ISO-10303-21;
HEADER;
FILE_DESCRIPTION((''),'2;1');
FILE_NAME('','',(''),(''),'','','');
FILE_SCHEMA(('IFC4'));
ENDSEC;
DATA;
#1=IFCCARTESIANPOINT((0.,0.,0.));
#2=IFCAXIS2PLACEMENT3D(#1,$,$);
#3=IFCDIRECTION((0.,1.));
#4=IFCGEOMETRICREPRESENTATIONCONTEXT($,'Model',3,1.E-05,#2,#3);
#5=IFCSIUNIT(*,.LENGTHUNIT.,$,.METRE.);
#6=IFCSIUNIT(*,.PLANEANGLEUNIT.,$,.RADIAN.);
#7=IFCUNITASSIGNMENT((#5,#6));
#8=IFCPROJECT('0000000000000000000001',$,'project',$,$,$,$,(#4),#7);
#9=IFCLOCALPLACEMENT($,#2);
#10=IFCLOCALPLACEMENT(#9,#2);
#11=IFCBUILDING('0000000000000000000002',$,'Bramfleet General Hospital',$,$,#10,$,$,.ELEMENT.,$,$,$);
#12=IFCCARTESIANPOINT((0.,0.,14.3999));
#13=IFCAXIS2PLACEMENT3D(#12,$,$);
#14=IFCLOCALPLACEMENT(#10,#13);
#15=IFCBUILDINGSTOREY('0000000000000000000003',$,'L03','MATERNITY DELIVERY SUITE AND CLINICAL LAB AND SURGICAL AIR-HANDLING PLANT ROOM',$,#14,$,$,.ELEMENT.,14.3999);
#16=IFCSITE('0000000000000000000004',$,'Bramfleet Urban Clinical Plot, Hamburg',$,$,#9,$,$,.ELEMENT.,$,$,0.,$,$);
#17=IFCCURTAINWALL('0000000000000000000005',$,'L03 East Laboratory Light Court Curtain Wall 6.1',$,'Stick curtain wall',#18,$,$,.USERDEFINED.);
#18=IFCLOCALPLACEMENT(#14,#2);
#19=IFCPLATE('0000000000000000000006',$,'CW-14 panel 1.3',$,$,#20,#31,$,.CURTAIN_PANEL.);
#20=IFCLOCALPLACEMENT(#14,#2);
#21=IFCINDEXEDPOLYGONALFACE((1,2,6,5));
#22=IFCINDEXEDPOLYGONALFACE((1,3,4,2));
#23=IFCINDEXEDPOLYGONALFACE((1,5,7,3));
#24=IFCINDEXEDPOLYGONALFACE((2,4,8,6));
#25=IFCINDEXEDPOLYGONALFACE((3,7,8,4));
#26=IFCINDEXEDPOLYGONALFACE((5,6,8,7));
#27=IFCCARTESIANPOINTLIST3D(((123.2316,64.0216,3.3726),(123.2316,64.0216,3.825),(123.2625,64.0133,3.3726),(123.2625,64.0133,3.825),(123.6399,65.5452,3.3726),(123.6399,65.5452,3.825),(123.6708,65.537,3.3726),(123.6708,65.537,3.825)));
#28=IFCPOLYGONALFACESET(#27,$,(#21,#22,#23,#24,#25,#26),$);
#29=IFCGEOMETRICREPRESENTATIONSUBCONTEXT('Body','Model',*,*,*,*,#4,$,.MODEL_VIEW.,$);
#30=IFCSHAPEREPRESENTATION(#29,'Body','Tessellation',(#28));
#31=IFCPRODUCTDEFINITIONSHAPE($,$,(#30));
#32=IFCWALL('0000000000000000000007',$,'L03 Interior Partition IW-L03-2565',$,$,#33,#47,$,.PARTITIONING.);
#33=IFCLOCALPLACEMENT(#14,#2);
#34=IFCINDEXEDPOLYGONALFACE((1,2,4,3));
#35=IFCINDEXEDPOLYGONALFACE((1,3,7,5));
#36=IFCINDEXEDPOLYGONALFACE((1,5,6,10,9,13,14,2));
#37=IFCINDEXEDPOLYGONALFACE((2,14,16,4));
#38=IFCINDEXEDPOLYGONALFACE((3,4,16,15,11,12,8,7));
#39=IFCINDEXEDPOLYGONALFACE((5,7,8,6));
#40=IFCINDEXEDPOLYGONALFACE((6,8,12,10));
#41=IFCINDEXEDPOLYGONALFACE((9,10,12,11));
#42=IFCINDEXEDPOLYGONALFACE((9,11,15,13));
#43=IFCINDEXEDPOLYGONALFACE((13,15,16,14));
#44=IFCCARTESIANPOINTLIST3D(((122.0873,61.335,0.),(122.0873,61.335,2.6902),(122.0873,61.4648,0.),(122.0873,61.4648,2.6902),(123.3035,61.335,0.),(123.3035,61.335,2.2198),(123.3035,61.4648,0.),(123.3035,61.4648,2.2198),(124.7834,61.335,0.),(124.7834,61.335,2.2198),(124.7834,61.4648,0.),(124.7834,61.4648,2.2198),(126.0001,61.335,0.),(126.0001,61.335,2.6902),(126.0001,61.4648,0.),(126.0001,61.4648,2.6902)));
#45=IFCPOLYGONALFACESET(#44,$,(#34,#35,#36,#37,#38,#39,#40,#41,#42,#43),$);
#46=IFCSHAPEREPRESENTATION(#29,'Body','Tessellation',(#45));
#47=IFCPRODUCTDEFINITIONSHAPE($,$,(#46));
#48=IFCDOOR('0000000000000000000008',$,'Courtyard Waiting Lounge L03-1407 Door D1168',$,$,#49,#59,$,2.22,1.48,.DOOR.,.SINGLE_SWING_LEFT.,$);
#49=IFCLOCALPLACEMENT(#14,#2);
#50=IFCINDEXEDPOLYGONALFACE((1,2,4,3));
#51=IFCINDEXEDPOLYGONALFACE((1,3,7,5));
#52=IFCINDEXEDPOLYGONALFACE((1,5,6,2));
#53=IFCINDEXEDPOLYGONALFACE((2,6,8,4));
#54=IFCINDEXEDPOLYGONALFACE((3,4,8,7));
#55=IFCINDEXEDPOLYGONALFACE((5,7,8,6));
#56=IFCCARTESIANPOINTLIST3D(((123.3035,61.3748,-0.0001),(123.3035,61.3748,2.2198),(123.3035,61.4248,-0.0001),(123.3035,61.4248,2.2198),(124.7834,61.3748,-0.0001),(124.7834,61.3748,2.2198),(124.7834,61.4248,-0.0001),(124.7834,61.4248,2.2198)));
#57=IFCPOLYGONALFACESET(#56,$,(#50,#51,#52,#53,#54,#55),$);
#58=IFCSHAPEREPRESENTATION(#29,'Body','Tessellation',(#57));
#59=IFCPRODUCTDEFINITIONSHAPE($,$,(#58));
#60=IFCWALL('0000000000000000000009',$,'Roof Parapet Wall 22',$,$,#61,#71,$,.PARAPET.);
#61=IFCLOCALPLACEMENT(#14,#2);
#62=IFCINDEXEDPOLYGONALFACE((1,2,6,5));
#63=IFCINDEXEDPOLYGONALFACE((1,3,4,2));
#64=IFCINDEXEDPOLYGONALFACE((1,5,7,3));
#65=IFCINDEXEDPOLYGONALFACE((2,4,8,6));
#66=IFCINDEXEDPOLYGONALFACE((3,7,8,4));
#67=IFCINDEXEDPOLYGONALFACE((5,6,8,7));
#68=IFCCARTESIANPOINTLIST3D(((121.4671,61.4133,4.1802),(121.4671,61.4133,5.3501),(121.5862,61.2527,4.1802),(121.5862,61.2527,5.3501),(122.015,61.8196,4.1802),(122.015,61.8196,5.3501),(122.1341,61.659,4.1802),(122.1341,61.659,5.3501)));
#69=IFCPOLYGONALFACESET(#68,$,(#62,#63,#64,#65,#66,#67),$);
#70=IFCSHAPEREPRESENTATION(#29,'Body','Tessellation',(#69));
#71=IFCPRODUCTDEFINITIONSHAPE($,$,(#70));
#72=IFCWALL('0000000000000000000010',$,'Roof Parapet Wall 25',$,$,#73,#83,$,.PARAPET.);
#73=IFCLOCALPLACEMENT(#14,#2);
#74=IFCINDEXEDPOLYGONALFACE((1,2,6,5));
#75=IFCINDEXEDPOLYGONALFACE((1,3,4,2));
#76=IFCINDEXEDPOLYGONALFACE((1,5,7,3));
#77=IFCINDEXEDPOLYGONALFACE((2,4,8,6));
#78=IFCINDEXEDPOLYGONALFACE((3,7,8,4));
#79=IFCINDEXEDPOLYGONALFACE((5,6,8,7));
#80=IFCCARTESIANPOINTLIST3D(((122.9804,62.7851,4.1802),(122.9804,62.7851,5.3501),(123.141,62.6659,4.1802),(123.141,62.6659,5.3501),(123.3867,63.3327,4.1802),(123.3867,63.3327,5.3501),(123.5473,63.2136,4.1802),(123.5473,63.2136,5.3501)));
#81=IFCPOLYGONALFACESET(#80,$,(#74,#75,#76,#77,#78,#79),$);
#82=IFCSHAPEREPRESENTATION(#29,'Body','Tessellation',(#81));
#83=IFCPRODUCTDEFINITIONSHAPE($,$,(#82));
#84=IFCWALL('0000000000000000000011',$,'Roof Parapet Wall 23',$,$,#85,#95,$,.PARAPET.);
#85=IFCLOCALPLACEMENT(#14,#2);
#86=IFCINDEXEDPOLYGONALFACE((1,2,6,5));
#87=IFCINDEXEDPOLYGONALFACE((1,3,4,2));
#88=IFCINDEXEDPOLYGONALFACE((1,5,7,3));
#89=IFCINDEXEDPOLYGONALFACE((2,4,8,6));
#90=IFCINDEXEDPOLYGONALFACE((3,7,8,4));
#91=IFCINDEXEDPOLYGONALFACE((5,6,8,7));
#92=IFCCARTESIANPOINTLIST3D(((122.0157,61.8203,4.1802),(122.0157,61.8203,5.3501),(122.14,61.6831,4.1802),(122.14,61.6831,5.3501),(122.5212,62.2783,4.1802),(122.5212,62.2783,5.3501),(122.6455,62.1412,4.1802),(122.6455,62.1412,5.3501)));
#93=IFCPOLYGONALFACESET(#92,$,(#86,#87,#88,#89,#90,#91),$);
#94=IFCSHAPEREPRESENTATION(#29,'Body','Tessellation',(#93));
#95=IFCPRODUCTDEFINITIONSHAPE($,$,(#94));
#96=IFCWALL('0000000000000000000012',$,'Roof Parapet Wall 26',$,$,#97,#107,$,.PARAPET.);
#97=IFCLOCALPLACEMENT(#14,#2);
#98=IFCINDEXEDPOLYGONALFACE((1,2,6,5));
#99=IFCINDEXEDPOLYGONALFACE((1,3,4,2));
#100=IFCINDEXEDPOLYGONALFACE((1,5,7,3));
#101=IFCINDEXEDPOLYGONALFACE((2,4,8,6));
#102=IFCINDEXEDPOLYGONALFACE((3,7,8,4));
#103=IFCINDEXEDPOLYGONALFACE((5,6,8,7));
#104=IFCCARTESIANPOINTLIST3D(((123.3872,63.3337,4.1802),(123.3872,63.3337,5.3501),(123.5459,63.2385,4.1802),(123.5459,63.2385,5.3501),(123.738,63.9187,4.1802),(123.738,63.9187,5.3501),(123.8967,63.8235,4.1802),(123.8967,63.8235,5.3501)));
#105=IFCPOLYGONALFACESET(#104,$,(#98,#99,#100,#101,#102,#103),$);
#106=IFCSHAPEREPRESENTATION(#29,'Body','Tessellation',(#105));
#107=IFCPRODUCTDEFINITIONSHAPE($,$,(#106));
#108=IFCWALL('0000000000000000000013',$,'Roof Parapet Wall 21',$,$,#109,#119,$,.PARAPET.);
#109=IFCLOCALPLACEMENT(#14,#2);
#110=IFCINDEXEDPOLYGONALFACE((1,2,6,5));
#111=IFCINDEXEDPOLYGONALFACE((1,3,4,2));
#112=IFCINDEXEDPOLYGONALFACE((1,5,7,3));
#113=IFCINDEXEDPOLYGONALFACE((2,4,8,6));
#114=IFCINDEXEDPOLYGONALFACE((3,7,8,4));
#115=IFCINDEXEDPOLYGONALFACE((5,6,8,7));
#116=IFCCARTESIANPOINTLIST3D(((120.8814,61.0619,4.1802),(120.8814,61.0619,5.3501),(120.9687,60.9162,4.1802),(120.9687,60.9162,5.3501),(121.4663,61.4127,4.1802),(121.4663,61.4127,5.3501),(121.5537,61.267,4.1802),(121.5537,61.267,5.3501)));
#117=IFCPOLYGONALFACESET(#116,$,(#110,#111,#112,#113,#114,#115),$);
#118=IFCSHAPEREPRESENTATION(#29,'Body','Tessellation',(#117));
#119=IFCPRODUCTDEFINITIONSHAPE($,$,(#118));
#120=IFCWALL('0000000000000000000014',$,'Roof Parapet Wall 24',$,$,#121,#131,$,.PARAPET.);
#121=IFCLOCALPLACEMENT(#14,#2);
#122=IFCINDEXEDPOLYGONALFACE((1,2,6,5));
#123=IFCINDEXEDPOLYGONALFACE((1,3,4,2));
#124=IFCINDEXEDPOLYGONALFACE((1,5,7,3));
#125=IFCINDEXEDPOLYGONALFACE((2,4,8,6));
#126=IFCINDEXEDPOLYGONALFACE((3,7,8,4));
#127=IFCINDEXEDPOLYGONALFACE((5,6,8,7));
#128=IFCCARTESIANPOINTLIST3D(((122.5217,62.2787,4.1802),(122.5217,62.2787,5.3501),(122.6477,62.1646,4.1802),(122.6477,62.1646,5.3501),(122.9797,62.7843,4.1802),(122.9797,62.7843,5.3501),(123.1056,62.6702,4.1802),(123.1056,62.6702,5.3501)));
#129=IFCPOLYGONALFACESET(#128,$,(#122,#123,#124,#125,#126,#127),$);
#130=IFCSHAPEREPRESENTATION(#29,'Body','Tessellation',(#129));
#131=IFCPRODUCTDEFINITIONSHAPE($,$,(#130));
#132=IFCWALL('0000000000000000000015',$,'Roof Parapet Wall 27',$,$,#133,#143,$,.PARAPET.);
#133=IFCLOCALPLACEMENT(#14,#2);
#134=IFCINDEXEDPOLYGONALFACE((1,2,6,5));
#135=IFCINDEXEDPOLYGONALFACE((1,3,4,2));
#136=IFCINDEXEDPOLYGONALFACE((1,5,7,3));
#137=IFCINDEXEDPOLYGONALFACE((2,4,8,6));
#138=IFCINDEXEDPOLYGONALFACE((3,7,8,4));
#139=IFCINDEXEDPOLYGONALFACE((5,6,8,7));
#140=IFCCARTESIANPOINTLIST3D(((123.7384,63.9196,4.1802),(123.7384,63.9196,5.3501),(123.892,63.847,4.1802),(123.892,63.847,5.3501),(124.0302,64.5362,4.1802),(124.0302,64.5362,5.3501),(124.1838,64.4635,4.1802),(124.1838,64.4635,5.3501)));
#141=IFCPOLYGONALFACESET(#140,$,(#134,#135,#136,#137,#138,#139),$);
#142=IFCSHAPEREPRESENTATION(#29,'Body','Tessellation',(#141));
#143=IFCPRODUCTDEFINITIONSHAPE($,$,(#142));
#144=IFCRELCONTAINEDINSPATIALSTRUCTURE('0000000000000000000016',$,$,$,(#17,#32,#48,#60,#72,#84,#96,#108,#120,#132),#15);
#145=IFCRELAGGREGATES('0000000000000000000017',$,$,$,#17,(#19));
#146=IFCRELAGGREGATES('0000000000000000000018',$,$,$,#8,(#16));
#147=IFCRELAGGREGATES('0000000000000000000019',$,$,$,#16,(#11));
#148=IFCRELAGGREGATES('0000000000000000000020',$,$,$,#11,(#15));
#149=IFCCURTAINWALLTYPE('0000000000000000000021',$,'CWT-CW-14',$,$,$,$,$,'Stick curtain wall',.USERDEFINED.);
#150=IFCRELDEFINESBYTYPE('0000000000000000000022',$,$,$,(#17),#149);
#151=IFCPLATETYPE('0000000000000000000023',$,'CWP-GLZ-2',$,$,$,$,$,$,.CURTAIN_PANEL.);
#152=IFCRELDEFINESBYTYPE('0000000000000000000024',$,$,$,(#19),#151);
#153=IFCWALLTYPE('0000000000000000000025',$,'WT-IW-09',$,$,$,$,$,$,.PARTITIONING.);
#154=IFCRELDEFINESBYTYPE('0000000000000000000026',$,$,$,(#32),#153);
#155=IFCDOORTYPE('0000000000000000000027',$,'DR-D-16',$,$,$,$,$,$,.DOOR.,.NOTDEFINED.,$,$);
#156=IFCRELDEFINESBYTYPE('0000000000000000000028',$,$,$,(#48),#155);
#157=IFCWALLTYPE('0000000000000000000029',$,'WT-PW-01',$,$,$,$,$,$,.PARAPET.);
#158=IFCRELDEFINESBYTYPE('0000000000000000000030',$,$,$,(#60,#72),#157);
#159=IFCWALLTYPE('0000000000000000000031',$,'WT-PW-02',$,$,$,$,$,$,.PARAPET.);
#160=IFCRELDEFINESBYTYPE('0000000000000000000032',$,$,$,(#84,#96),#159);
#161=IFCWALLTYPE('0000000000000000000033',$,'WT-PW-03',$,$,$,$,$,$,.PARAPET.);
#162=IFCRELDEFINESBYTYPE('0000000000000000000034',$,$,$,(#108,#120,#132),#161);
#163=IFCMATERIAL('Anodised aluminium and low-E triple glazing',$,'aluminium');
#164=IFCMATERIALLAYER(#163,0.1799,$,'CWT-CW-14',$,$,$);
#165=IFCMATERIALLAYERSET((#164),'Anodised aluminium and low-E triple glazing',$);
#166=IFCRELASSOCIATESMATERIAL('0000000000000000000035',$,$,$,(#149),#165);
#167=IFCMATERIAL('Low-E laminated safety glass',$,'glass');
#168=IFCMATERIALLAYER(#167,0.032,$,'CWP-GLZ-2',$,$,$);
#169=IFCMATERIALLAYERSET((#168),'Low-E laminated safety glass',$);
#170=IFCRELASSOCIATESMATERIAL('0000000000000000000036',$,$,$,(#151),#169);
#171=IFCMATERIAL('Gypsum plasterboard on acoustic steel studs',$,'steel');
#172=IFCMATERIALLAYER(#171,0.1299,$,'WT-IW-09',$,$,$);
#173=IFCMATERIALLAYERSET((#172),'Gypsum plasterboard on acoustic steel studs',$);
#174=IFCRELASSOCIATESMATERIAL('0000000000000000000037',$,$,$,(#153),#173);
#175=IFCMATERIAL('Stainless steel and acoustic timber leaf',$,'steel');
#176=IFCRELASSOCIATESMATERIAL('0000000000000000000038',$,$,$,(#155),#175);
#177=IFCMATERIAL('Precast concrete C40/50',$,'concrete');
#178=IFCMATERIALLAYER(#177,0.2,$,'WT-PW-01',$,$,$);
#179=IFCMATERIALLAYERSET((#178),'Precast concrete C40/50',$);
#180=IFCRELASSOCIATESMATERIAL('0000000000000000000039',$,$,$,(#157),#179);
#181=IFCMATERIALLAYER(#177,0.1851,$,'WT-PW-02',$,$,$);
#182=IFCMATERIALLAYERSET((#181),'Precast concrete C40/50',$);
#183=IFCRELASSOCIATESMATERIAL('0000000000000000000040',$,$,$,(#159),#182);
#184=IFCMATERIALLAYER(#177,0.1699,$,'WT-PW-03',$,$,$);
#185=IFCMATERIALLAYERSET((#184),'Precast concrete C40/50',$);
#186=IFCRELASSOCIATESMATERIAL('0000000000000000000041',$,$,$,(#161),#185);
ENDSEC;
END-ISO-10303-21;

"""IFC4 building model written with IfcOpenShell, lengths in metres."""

from ifc_helpers import new_model, si_unit, direction, frame, frame_2d, origin, origin_2d, place, context, subcontext, project, spatial, rectangle, extrude, material, layer, layer_set, type_object, element, fill, aggregate, save


model = new_model("IFC4")

# Units and contexts
model_context = context("Model", 3, precision=1e-05, world=origin(), true_north=direction((0.0, 1.0)))
body_context = subcontext(model_context, "Body", "Model", "MODEL_VIEW")
ifc_project = project(units=[si_unit("LENGTHUNIT", "METRE"), si_unit("PLANEANGLEUNIT", "RADIAN")], contexts=[model_context])

# Site, building, storey
site_placement = place(None, origin())
site = spatial("IfcSite", under=ifc_project, at=site_placement, Name="Bramfleet Urban Clinical Plot, Hamburg", CompositionType="ELEMENT", RefElevation=0.0)
building_placement = place(site_placement, origin())
building = spatial("IfcBuilding", under=site, at=building_placement, Name="Bramfleet General Hospital", CompositionType="ELEMENT")
storey_placement = place(building_placement, frame((0.0, 0.0, 14.3999)))
storey = spatial("IfcBuildingStorey", under=building, at=storey_placement, Name="L03", Description="MATERNITY DELIVERY SUITE AND CLINICAL LAB AND SURGICAL AIR-HANDLING PLANT ROOM", CompositionType="ELEMENT", Elevation=14.3999)

# Curtain wall
ifc_material_1 = material(Name="Anodised aluminium and low-E triple glazing", Category="aluminium")
ifc_layer_1 = layer(ifc_material_1, 0.1799, Name="CWT-CW-14")
ifc_layer_set_1 = layer_set([ifc_layer_1], Name="Anodised aluminium and low-E triple glazing")
curtain_wall_type_1 = type_object("IfcCurtainWallType", Name="CWT-CW-14", ElementType="Stick curtain wall", PredefinedType="USERDEFINED", material=ifc_layer_set_1)
curtain_wall_1_placement = place(storey_placement, origin())
curtain_wall_1 = element("IfcCurtainWall", 1, at=curtain_wall_1_placement, inside=storey, type_object=curtain_wall_type_1, Name="L03 East Laboratory Light Court Curtain Wall 6.1", ObjectType="Stick curtain wall", PredefinedType="USERDEFINED")

# Plate
ifc_material_2 = material(Name="Low-E laminated safety glass", Category="glass")
ifc_layer_2 = layer(ifc_material_2, 0.032, Name="CWP-GLZ-2")
ifc_layer_set_2 = layer_set([ifc_layer_2], Name="Low-E laminated safety glass")
plate_type = type_object("IfcPlateType", Name="CWP-GLZ-2", PredefinedType="CURTAIN_PANEL", material=ifc_layer_set_2)
plate_1_placement = place(storey_placement, frame((123.4512, 64.7793, 3.3726), z_axis=(0.0, 0.0, 1.0), x_axis=(0.258865, 0.965914, 0.0)))
plate_1 = element("IfcPlate", 2, at=plate_1_placement, type_object=plate_type, Name="CW-14 panel 1.3", PredefinedType="CURTAIN_PANEL", context=body_context, shape_type="SweptSolid", body=[
    extrude(rectangle(XDim=1.5774, YDim=0.032, at=origin_2d()), origin(), (0.0, 0.0, 1.0), 0.4524),
])
aggregate(curtain_wall_1, [plate_1])

# Wall, opening, door
ifc_material_3 = material(Name="Gypsum plasterboard on acoustic steel studs", Category="steel")
ifc_layer_3 = layer(ifc_material_3, 0.1299, Name="WT-IW-09")
ifc_layer_set_3 = layer_set([ifc_layer_3], Name="Gypsum plasterboard on acoustic steel studs")
wall_type_1 = type_object("IfcWallType", Name="WT-IW-09", PredefinedType="PARTITIONING", material=ifc_layer_set_3)
wall_1_placement = place(storey_placement, frame((122.0872, 61.3999, 0.0), z_axis=(0.0, 0.0, 1.0), x_axis=(1.0, 0.0, 0.0)))
wall_1 = element("IfcWall", 3, at=wall_1_placement, inside=storey, type_object=wall_type_1, Name="L03 Interior Partition IW-L03-2565", PredefinedType="PARTITIONING", context=body_context, shape_type="SweptSolid", body=[
    extrude(rectangle(XDim=3.9128, YDim=0.1299, at=frame_2d((1.9565, 0.0))), origin(), (0.0, 0.0, 1.0), 2.6902),
])
opening_placement = place(wall_1_placement, frame((1.2163, 0.0, 0.0)))
opening = element("IfcOpeningElement", 4, at=opening_placement, cuts=wall_1, PredefinedType="OPENING", context=body_context, shape_type="SweptSolid", body=[
    extrude(rectangle(XDim=1.48, YDim=2.22, at=frame_2d((0.74, 1.1099))), frame((0.0, 0.075, 0.0), z_axis=(0.0, -1.0, 0.0), x_axis=(1.0, 0.0, 0.0)), (0.0, 0.0, 1.0), 0.1499),
])
ifc_material_4 = material(Name="Stainless steel and acoustic timber leaf", Category="steel")
door_type = type_object("IfcDoorType", Name="DR-D-16", OperationType="NOTDEFINED", PredefinedType="DOOR", material=ifc_material_4)
door_placement = place(opening_placement, origin())
door = element("IfcDoor", 5, at=door_placement, inside=storey, type_object=door_type, Name="Courtyard Waiting Lounge L03-1407 Door D1168", OperationType="SINGLE_SWING_LEFT", OverallHeight=2.22, OverallWidth=1.48, PredefinedType="DOOR", context=body_context, shape_type="SweptSolid", body=[
    extrude(rectangle(XDim=1.48, YDim=2.22, at=frame_2d((0.74, 1.1099))), frame((0.0, 0.0249, 0.0), z_axis=(0.0, -1.0, 0.0), x_axis=(1.0, 0.0, 0.0)), (0.0, 0.0, 1.0), 0.05),
])
fill(opening, door)

# Walls
ifc_material_5 = material(Name="Precast concrete C40/50", Category="concrete")
ifc_layer_4 = layer(ifc_material_5, 0.2, Name="WT-PW-01")
ifc_layer_set_4 = layer_set([ifc_layer_4], Name="Precast concrete C40/50")
wall_type_2 = type_object("IfcWallType", Name="WT-PW-01", PredefinedType="PARAPET", material=ifc_layer_set_4)
wall_2_placement = place(storey_placement, frame((121.5266, 61.333, 4.1802), z_axis=(0.0, 0.0, 1.0), x_axis=(0.803253, 0.595638, 0.0)))
element("IfcWall", 6, at=wall_2_placement, inside=storey, type_object=wall_type_2, Name="Roof Parapet Wall 22", PredefinedType="PARAPET", context=body_context, shape_type="SweptSolid", body=[
    extrude(rectangle(XDim=0.6821, YDim=0.2, at=frame_2d((0.3411, 0.0))), origin(), (0.0, 0.0, 1.0), 1.1699),
])
wall_3_placement = place(storey_placement, frame((123.0608, 62.7256, 4.1802), z_axis=(0.0, 0.0, 1.0), x_axis=(0.59581, 0.803126, 0.0)))
element("IfcWall", 7, at=wall_3_placement, inside=storey, type_object=wall_type_2, Name="Roof Parapet Wall 25", PredefinedType="PARAPET", context=body_context, shape_type="SweptSolid", body=[
    extrude(rectangle(XDim=0.6819, YDim=0.2, at=frame_2d((0.3408, 0.0))), origin(), (0.0, 0.0, 1.0), 1.1699),
])
ifc_layer_5 = layer(ifc_material_5, 0.1851, Name="WT-PW-02")
ifc_layer_set_5 = layer_set([ifc_layer_5], Name="Precast concrete C40/50")
wall_type_3 = type_object("IfcWallType", Name="WT-PW-02", PredefinedType="PARAPET", material=ifc_layer_set_5)
for number, where, z_axis, x_axis, name in (
    (8, (122.0779, 61.7517, 4.1802), (0.0, 0.0, 1.0), (0.740976, 0.671532, 0.0), "Roof Parapet Wall 23"),
    (9, (123.4666, 63.2861, 4.1802), (0.0, 0.0, 1.0), (0.514338, 0.857588, 0.0), "Roof Parapet Wall 26"),
):
    element("IfcWall", number, at=place(storey_placement, frame(where, z_axis=z_axis, x_axis=x_axis)), inside=storey, type_object=wall_type_3, Name=name, PredefinedType="PARAPET", context=body_context, shape_type="SweptSolid", body=[
        extrude(rectangle(XDim=0.6821, YDim=0.1851, at=frame_2d((0.3411, 0.0))), origin(), (0.0, 0.0, 1.0), 1.1699),
    ])
ifc_layer_6 = layer(ifc_material_5, 0.1699, Name="WT-PW-03")
ifc_layer_set_6 = layer_set([ifc_layer_6], Name="Precast concrete C40/50")
wall_type_4 = type_object("IfcWallType", Name="WT-PW-03", PredefinedType="PARAPET", material=ifc_layer_set_6)
for number, where, z_axis, x_axis, name in (
    (10, (120.925, 60.989, 4.1802), (0.0, 0.0, 1.0), (0.857588, 0.514338, 0.0), "Roof Parapet Wall 21"),
    (11, (122.5847, 62.2217, 4.1802), (0.0, 0.0, 1.0), (0.671354, 0.741137, 0.0), "Roof Parapet Wall 24"),
    (12, (123.8152, 63.8833, 4.1802), (0.0, 0.0, 1.0), (0.427779, 0.903884, 0.0), "Roof Parapet Wall 27"),
):
    element("IfcWall", number, at=place(storey_placement, frame(where, z_axis=z_axis, x_axis=x_axis)), inside=storey, type_object=wall_type_4, Name=name, PredefinedType="PARAPET", context=body_context, shape_type="SweptSolid", body=[
        extrude(rectangle(XDim=0.6821, YDim=0.1699, at=frame_2d((0.3411, 0.0))), origin(), (0.0, 0.0, 1.0), 1.1699),
    ])

save(model, "model.ifc")
